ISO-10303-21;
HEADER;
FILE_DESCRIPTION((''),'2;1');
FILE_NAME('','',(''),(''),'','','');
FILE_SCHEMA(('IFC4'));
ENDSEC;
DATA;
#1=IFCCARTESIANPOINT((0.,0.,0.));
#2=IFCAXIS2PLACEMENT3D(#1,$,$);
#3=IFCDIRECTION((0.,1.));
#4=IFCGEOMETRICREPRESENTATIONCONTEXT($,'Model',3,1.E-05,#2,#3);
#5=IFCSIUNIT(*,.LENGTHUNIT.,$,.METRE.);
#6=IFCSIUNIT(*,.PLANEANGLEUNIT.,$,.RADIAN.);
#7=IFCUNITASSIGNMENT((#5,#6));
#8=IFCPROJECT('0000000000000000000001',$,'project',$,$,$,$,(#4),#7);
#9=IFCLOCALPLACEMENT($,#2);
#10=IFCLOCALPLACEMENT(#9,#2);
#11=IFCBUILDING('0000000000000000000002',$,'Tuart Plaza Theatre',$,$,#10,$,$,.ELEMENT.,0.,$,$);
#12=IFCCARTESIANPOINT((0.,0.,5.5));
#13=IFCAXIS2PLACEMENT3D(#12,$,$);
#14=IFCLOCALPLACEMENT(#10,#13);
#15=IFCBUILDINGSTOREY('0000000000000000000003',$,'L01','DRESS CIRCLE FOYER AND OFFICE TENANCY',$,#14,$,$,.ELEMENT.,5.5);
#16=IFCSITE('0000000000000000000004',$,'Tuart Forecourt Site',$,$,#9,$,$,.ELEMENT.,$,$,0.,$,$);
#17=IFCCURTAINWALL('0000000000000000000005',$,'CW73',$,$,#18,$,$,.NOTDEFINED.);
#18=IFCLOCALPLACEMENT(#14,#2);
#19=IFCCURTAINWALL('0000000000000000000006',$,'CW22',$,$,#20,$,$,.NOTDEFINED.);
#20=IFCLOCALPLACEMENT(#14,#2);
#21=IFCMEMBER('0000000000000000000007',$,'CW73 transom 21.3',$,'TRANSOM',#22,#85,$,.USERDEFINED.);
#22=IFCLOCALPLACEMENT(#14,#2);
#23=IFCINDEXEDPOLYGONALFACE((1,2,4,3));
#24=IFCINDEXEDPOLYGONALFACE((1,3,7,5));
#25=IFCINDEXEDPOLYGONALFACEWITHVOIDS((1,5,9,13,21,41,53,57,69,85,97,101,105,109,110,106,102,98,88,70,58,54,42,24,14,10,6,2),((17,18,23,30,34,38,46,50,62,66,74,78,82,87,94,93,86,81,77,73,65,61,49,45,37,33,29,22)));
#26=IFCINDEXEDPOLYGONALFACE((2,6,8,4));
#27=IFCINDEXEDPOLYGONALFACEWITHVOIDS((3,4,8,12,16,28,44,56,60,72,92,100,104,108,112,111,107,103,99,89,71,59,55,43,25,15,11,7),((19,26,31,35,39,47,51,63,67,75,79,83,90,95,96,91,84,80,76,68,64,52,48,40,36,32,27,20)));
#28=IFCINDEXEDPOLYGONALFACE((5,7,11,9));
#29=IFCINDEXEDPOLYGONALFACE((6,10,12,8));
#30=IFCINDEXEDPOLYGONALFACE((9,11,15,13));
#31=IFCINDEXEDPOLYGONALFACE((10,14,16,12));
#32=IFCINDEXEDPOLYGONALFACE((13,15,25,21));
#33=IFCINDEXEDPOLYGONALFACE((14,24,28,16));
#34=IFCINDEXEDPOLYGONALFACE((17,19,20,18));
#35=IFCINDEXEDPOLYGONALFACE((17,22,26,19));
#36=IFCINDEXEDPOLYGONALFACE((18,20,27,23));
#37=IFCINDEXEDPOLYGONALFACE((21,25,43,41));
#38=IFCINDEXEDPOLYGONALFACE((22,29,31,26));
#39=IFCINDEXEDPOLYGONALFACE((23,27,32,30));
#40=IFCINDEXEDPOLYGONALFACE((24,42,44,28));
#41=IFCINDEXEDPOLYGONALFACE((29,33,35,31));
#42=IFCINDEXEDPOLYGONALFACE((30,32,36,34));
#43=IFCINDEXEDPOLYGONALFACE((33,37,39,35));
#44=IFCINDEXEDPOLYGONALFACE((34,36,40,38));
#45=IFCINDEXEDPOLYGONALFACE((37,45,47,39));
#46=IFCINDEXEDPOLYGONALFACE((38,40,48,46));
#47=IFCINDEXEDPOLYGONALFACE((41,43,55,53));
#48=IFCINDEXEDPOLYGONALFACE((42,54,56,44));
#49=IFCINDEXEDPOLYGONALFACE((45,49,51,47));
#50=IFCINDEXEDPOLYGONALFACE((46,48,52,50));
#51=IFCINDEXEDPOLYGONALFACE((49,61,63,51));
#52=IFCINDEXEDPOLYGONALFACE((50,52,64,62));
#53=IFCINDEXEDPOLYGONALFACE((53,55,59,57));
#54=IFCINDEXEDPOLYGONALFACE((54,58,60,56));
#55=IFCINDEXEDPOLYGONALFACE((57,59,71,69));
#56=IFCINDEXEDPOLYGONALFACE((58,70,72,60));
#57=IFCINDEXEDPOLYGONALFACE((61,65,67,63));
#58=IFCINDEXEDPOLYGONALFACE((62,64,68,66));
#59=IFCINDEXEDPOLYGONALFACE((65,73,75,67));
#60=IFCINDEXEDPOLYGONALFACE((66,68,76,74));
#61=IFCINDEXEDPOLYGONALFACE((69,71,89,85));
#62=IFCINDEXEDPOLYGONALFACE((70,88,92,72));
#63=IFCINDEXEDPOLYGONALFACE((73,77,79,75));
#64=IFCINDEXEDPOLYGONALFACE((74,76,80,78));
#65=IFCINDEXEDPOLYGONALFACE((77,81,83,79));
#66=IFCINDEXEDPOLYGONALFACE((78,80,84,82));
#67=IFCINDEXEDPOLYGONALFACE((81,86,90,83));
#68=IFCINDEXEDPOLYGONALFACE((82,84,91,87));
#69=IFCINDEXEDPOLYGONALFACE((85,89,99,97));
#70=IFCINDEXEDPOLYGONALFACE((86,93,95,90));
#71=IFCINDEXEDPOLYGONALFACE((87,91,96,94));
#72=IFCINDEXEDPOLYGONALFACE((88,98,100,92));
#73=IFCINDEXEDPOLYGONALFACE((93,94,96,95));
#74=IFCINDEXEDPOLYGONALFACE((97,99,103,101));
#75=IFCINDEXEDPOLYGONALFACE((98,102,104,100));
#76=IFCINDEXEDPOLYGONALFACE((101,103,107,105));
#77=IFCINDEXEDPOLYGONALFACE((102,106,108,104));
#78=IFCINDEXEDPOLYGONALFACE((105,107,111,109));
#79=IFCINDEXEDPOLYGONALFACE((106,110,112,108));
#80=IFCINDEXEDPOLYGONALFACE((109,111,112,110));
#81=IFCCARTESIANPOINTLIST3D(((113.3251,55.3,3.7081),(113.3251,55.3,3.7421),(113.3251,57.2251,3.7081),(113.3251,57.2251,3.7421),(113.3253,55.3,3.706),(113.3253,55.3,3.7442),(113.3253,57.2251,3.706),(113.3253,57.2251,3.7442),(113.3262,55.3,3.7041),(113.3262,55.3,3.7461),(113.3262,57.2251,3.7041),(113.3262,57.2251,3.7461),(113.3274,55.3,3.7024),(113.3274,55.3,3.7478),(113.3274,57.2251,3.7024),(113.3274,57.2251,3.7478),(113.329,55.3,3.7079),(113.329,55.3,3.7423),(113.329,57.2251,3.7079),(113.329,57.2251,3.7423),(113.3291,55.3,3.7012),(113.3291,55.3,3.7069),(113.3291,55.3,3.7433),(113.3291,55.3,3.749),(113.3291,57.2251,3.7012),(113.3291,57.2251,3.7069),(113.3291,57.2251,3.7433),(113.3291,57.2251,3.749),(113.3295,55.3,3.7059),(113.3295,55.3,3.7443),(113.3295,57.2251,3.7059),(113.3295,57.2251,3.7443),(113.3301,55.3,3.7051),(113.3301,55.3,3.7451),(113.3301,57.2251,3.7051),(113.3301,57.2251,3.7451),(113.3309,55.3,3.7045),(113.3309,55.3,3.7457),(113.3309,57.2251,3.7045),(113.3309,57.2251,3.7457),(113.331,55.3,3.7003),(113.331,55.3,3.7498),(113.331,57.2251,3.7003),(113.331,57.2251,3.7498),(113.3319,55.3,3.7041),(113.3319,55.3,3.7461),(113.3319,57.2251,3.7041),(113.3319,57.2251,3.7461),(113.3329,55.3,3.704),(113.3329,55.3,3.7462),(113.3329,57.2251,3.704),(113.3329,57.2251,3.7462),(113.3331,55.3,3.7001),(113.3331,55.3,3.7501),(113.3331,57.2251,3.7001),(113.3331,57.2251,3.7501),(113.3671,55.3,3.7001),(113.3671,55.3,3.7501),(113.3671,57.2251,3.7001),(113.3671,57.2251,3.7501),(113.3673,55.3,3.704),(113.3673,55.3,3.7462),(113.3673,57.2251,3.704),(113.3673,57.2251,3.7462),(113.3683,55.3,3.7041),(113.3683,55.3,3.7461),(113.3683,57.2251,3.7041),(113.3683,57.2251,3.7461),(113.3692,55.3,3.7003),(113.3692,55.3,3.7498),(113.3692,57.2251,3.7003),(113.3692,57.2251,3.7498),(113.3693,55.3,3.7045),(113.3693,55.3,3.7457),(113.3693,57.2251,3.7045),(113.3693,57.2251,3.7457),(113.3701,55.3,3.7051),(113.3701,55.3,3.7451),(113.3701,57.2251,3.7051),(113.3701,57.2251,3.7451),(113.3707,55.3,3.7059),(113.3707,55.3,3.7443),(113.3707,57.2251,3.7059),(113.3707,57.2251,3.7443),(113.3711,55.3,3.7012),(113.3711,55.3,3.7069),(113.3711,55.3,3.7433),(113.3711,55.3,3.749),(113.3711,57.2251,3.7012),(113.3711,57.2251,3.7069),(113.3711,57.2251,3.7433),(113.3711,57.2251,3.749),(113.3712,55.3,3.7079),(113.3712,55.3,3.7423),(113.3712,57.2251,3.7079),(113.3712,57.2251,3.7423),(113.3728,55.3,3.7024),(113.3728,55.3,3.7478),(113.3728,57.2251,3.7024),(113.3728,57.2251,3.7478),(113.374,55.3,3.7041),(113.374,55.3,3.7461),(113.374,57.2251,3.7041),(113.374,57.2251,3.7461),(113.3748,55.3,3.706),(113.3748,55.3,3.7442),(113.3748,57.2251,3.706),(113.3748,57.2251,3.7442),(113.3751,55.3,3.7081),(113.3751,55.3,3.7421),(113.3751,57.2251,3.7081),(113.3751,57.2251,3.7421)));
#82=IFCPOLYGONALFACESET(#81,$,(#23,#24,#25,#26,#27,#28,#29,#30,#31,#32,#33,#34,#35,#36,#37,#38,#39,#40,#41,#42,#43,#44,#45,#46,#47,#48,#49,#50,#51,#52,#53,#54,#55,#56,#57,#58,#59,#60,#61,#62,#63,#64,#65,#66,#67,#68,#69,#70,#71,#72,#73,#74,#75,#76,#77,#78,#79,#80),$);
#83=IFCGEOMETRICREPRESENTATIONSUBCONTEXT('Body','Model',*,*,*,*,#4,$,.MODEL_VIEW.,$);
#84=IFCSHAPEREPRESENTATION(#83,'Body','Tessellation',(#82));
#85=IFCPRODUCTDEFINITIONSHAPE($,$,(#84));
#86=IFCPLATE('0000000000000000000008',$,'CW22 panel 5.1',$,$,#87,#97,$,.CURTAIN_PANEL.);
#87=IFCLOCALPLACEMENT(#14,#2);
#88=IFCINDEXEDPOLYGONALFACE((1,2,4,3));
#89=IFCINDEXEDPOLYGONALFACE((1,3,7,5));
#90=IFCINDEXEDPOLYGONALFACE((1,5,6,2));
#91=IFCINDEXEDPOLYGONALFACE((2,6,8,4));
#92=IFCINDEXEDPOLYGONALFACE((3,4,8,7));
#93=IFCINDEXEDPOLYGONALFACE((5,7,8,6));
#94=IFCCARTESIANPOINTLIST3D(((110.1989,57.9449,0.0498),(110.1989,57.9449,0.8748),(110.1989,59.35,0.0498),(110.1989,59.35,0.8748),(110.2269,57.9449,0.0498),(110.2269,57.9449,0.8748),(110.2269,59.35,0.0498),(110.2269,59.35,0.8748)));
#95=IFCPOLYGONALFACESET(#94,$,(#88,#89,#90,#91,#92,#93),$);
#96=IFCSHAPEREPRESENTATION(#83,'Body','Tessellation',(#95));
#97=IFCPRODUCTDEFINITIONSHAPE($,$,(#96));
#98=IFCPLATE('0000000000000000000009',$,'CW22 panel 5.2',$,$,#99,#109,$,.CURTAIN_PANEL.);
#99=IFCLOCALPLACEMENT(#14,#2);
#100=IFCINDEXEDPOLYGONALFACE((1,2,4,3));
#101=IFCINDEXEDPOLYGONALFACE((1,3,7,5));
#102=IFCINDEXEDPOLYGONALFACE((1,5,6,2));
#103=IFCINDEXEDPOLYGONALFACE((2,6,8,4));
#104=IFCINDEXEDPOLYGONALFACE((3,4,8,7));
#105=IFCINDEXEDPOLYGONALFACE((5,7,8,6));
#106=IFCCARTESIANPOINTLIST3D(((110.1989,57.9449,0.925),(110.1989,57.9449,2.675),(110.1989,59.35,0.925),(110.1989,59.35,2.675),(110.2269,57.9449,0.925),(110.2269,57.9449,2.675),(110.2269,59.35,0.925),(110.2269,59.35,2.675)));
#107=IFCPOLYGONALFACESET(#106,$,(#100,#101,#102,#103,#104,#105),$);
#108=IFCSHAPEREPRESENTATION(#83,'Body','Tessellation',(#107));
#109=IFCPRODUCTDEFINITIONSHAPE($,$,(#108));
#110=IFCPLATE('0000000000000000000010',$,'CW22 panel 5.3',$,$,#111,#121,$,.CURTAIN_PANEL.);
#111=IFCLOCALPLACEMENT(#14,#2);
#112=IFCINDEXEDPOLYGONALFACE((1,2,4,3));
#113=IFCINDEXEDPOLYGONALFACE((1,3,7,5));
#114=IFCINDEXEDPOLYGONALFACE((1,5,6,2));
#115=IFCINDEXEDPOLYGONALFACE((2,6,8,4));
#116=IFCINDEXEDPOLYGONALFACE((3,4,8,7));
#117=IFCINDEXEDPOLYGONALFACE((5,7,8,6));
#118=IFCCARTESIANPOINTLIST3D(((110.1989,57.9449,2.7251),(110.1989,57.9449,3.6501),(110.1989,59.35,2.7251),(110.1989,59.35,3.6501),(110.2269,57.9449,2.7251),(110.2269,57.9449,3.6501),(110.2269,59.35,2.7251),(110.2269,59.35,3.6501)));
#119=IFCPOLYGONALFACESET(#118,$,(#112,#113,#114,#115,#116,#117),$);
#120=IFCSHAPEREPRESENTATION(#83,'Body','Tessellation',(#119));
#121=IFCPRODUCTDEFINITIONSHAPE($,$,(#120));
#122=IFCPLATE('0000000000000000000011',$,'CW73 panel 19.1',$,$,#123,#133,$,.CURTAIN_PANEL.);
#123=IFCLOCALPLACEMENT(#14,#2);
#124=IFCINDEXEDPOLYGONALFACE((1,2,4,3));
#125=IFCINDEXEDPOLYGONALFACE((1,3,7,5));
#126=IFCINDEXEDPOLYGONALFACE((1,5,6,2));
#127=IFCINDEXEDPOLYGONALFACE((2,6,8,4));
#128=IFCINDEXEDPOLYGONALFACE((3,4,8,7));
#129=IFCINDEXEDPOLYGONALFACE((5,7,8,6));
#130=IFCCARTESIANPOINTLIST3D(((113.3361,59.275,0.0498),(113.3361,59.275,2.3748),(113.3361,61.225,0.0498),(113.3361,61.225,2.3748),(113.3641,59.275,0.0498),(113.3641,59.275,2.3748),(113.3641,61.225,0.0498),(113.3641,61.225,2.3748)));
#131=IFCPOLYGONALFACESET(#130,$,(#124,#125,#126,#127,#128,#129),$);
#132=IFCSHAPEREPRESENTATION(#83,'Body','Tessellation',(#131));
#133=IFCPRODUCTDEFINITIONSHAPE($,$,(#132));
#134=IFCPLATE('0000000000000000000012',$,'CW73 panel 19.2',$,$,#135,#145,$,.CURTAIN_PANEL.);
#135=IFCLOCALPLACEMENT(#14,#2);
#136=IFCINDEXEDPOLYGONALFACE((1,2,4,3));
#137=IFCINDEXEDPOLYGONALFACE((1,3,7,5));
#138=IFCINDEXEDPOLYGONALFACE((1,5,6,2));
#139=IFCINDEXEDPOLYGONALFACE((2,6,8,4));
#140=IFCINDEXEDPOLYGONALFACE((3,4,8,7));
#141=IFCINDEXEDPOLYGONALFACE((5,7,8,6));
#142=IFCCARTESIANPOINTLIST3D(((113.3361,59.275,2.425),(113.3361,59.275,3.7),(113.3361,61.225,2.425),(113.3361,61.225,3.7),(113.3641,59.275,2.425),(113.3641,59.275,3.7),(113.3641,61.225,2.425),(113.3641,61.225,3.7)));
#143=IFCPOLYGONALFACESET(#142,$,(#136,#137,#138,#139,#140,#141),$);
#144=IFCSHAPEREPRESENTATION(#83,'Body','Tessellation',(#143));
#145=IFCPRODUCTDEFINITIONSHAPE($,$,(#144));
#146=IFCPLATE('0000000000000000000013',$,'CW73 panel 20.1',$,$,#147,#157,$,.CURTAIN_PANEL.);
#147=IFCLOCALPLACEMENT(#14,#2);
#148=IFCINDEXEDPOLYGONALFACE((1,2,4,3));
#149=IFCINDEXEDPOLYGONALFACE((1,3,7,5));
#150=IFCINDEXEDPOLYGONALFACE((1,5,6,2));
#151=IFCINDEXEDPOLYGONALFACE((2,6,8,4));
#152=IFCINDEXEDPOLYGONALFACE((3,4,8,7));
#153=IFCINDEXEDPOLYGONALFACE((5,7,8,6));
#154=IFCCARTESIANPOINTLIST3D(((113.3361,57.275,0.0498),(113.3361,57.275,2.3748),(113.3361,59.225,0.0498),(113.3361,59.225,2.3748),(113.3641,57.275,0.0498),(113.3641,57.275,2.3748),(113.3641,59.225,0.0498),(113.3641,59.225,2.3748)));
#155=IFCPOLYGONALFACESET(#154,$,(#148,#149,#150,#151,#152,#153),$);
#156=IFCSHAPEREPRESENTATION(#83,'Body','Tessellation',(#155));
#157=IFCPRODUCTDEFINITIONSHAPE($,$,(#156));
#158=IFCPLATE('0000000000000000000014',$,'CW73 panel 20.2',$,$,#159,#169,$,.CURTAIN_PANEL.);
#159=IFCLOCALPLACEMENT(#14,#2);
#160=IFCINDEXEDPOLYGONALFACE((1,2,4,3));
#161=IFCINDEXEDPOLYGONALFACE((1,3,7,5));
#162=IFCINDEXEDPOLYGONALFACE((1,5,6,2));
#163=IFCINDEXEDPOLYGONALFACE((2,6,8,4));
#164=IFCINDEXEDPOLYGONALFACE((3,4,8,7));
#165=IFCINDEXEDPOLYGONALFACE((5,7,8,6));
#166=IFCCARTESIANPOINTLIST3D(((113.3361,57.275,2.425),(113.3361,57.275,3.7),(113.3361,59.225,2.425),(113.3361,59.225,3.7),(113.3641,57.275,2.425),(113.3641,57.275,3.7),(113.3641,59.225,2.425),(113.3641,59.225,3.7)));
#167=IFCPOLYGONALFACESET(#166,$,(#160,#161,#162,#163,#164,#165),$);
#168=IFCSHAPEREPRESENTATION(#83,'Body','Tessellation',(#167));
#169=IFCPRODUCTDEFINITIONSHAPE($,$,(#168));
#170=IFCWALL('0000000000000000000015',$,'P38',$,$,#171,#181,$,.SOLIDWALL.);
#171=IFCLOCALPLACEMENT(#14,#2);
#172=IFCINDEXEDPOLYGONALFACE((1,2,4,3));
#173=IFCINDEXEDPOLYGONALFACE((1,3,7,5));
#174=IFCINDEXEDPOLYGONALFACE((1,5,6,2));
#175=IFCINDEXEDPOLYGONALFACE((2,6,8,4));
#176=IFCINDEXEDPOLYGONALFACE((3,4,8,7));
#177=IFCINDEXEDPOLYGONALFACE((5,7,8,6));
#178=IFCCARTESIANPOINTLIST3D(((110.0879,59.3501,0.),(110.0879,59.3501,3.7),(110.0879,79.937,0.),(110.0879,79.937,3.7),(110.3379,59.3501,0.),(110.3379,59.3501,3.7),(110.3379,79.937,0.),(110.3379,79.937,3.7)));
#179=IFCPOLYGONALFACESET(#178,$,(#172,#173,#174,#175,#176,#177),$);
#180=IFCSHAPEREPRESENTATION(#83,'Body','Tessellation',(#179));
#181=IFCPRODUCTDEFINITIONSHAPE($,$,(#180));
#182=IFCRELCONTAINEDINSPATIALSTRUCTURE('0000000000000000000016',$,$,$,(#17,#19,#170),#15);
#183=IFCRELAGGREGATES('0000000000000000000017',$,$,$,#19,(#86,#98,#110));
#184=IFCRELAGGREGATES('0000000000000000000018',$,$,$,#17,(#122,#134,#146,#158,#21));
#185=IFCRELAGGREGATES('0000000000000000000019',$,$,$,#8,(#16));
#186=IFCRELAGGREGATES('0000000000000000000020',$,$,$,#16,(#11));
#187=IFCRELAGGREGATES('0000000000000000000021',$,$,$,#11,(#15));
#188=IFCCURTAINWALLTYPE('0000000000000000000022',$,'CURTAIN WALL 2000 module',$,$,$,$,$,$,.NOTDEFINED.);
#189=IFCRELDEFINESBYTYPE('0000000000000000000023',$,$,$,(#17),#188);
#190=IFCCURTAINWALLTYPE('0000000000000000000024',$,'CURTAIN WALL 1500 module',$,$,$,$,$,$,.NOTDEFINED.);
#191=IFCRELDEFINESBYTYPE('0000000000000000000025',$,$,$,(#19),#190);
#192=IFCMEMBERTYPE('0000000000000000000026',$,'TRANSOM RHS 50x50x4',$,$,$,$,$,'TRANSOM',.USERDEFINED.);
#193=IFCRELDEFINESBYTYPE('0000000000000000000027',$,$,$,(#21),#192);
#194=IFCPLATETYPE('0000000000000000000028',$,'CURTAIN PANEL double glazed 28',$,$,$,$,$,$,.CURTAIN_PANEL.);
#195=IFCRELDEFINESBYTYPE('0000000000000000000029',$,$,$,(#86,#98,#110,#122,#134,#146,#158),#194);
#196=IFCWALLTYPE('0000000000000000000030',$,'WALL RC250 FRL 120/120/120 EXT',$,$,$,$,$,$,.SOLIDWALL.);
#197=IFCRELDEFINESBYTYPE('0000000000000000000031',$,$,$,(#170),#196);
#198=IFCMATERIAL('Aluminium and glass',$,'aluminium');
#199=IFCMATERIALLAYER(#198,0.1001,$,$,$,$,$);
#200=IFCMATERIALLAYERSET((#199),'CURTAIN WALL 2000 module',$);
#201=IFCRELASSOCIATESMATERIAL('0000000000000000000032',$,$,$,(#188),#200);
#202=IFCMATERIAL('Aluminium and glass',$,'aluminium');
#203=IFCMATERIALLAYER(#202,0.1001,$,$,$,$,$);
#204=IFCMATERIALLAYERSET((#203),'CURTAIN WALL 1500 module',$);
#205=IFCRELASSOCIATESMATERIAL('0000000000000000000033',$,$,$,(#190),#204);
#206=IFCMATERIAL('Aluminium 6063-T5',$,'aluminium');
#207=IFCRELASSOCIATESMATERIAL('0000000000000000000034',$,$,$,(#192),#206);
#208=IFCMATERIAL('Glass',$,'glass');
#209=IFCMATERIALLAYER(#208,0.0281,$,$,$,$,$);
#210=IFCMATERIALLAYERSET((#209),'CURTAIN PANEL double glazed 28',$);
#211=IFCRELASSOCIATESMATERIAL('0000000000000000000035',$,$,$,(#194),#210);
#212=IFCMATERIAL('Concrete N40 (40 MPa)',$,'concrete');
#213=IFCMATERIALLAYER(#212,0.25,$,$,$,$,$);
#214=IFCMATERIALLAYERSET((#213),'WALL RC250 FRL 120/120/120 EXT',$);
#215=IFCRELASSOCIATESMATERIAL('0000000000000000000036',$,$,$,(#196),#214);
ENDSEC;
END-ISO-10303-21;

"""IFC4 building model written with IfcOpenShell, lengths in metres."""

from ifc_helpers import new_model, si_unit, direction, frame, frame_2d, origin, origin_2d, place, context, subcontext, project, spatial, rectangle, hollow_rectangle, extrude, material, layer, layer_set, material_profile, profile_set, type_object, element, aggregate, save


model = new_model("IFC4")

# Units and contexts
model_context = context("Model", 3, precision=1e-05, world=origin(), true_north=direction((0.0, 1.0)))
body_context = subcontext(model_context, "Body", "Model", "MODEL_VIEW")
ifc_project = project(units=[si_unit("LENGTHUNIT", "METRE"), si_unit("PLANEANGLEUNIT", "RADIAN")], contexts=[model_context])

# Site, building, storey
site_placement = place(None, origin())
site = spatial("IfcSite", under=ifc_project, at=site_placement, Name="Tuart Forecourt Site", CompositionType="ELEMENT", RefElevation=0.0)
building_placement = place(site_placement, origin())
building = spatial("IfcBuilding", under=site, at=building_placement, Name="Tuart Plaza Theatre", CompositionType="ELEMENT", ElevationOfRefHeight=0.0)
storey_placement = place(building_placement, frame((0.0, 0.0, 5.5)))
storey = spatial("IfcBuildingStorey", under=building, at=storey_placement, Name="L01", Description="DRESS CIRCLE FOYER AND OFFICE TENANCY", CompositionType="ELEMENT", Elevation=5.5)

# Curtain walls
ifc_material_1 = material(Name="Aluminium and glass", Category="aluminium")
ifc_layer_1 = layer(ifc_material_1, 0.1001)
ifc_layer_set_1 = layer_set([ifc_layer_1], Name="CURTAIN WALL 2000 module")
curtain_wall_type_1 = type_object("IfcCurtainWallType", Name="CURTAIN WALL 2000 module", PredefinedType="NOTDEFINED", material=ifc_layer_set_1)
curtain_wall_1_placement = place(storey_placement, origin())
curtain_wall_1 = element("IfcCurtainWall", 1, at=curtain_wall_1_placement, inside=storey, type_object=curtain_wall_type_1, Name="CW73", PredefinedType="NOTDEFINED")
ifc_material_2 = material(Name="Aluminium and glass", Category="aluminium")
ifc_layer_2 = layer(ifc_material_2, 0.1001)
ifc_layer_set_2 = layer_set([ifc_layer_2], Name="CURTAIN WALL 1500 module")
curtain_wall_type_2 = type_object("IfcCurtainWallType", Name="CURTAIN WALL 1500 module", PredefinedType="NOTDEFINED", material=ifc_layer_set_2)
curtain_wall_2_placement = place(storey_placement, origin())
curtain_wall_2 = element("IfcCurtainWall", 2, at=curtain_wall_2_placement, inside=storey, type_object=curtain_wall_type_2, Name="CW22", PredefinedType="NOTDEFINED")
ifc_material_3 = material(Name="Aluminium 6063-T5", Category="aluminium")
ifc_material_profile_1 = material_profile(ifc_material_3, hollow_rectangle(XDim=0.05, YDim=0.05, WallThickness=0.0039, InnerFilletRadius=0.0039, OuterFilletRadius=0.0081, at=origin_2d()), Name="RHS 50x50x4")
ifc_profile_set_1 = profile_set([ifc_material_profile_1], Name="Aluminium 6063-T5")
member_type_1 = type_object("IfcMemberType", Name="TRANSOM RHS 50x50x4", ElementType="TRANSOM", PredefinedType="USERDEFINED", material=ifc_profile_set_1)

# Member
member_1_placement = place(storey_placement, frame((113.3501, 57.2251, 3.7251), z_axis=(0.0, -1.0, 0.0), x_axis=(1.0, 0.0, 0.0)))
member_1 = element("IfcMember", 3, at=member_1_placement, type_object=member_type_1, Name="CW73 transom 21.3", ObjectType="TRANSOM", PredefinedType="USERDEFINED", context=body_context, shape_type="SweptSolid", body=[
    extrude(hollow_rectangle(XDim=0.05, YDim=0.05, WallThickness=0.0039, InnerFilletRadius=0.0039, OuterFilletRadius=0.0081, at=origin_2d()), origin(), (0.0, 0.0, 1.0), 1.925),
])

# Plates
ifc_material_4 = material(Name="Glass", Category="glass")
ifc_layer_3 = layer(ifc_material_4, 0.0281)
ifc_layer_set_3 = layer_set([ifc_layer_3], Name="CURTAIN PANEL double glazed 28")
plate_type = type_object("IfcPlateType", Name="CURTAIN PANEL double glazed 28", PredefinedType="CURTAIN_PANEL", material=ifc_layer_set_3)
plate_1_placement = place(storey_placement, frame((110.2129, 58.6475, 0.0498), z_axis=(0.0, 0.0, 1.0), x_axis=(0.0, 1.0, 0.0)))
plate_1 = element("IfcPlate", 4, at=plate_1_placement, type_object=plate_type, Name="CW22 panel 5.1", PredefinedType="CURTAIN_PANEL", context=body_context, shape_type="SweptSolid", body=[
    extrude(rectangle(XDim=1.405, YDim=0.0281, at=origin_2d()), origin(), (0.0, 0.0, 1.0), 0.825),
])
plate_2_placement = place(storey_placement, frame((110.2129, 58.6475, 0.925), z_axis=(0.0, 0.0, 1.0), x_axis=(0.0, 1.0, 0.0)))
plate_2 = element("IfcPlate", 5, at=plate_2_placement, type_object=plate_type, Name="CW22 panel 5.2", PredefinedType="CURTAIN_PANEL", context=body_context, shape_type="SweptSolid", body=[
    extrude(rectangle(XDim=1.405, YDim=0.0281, at=origin_2d()), origin(), (0.0, 0.0, 1.0), 1.75),
])
plate_3_placement = place(storey_placement, frame((110.2129, 58.6475, 2.7251), z_axis=(0.0, 0.0, 1.0), x_axis=(0.0, 1.0, 0.0)))
plate_3 = element("IfcPlate", 6, at=plate_3_placement, type_object=plate_type, Name="CW22 panel 5.3", PredefinedType="CURTAIN_PANEL", context=body_context, shape_type="SweptSolid", body=[
    extrude(rectangle(XDim=1.405, YDim=0.0281, at=origin_2d()), origin(), (0.0, 0.0, 1.0), 0.925),
])
aggregate(curtain_wall_2, [plate_1, plate_2, plate_3])
plate_4_placement = place(storey_placement, frame((113.3501, 60.25, 0.0498), z_axis=(0.0, 0.0, 1.0), x_axis=(0.0, -1.0, 0.0)))
plate_4 = element("IfcPlate", 7, at=plate_4_placement, type_object=plate_type, Name="CW73 panel 19.1", PredefinedType="CURTAIN_PANEL", context=body_context, shape_type="SweptSolid", body=[
    extrude(rectangle(XDim=1.95, YDim=0.0281, at=origin_2d()), origin(), (0.0, 0.0, 1.0), 2.325),
])
plate_5_placement = place(storey_placement, frame((113.3501, 60.25, 2.425), z_axis=(0.0, 0.0, 1.0), x_axis=(0.0, -1.0, 0.0)))
plate_5 = element("IfcPlate", 8, at=plate_5_placement, type_object=plate_type, Name="CW73 panel 19.2", PredefinedType="CURTAIN_PANEL", context=body_context, shape_type="SweptSolid", body=[
    extrude(rectangle(XDim=1.95, YDim=0.0281, at=origin_2d()), origin(), (0.0, 0.0, 1.0), 1.2749),
])
plate_6_placement = place(storey_placement, frame((113.3501, 58.25, 0.0498), z_axis=(0.0, 0.0, 1.0), x_axis=(0.0, -1.0, 0.0)))
plate_6 = element("IfcPlate", 9, at=plate_6_placement, type_object=plate_type, Name="CW73 panel 20.1", PredefinedType="CURTAIN_PANEL", context=body_context, shape_type="SweptSolid", body=[
    extrude(rectangle(XDim=1.95, YDim=0.0281, at=origin_2d()), origin(), (0.0, 0.0, 1.0), 2.325),
])
plate_7_placement = place(storey_placement, frame((113.3501, 58.25, 2.425), z_axis=(0.0, 0.0, 1.0), x_axis=(0.0, -1.0, 0.0)))
plate_7 = element("IfcPlate", 10, at=plate_7_placement, type_object=plate_type, Name="CW73 panel 20.2", PredefinedType="CURTAIN_PANEL", context=body_context, shape_type="SweptSolid", body=[
    extrude(rectangle(XDim=1.95, YDim=0.0281, at=origin_2d()), origin(), (0.0, 0.0, 1.0), 1.2749),
])
aggregate(curtain_wall_1, [plate_4, plate_5, plate_6, plate_7, member_1])

# Wall
ifc_material_5 = material(Name="Concrete N40 (40 MPa)", Category="concrete")
ifc_layer_4 = layer(ifc_material_5, 0.25)
ifc_layer_set_4 = layer_set([ifc_layer_4], Name="WALL RC250 FRL 120/120/120 EXT")
wall_type = type_object("IfcWallType", Name="WALL RC250 FRL 120/120/120 EXT", PredefinedType="SOLIDWALL", material=ifc_layer_set_4)
wall_placement = place(storey_placement, frame((110.2129, 59.3501, 0.0), z_axis=(0.0, 0.0, 1.0), x_axis=(0.0, 1.0, 0.0)))
element("IfcWall", 11, at=wall_placement, inside=storey, type_object=wall_type, Name="P38", PredefinedType="SOLIDWALL", context=body_context, shape_type="SweptSolid", body=[
    extrude(rectangle(XDim=20.5869, YDim=0.25, at=frame_2d((10.2935, 0.0))), origin(), (0.0, 0.0, 1.0), 3.7),
])

save(model, "model.ifc")
